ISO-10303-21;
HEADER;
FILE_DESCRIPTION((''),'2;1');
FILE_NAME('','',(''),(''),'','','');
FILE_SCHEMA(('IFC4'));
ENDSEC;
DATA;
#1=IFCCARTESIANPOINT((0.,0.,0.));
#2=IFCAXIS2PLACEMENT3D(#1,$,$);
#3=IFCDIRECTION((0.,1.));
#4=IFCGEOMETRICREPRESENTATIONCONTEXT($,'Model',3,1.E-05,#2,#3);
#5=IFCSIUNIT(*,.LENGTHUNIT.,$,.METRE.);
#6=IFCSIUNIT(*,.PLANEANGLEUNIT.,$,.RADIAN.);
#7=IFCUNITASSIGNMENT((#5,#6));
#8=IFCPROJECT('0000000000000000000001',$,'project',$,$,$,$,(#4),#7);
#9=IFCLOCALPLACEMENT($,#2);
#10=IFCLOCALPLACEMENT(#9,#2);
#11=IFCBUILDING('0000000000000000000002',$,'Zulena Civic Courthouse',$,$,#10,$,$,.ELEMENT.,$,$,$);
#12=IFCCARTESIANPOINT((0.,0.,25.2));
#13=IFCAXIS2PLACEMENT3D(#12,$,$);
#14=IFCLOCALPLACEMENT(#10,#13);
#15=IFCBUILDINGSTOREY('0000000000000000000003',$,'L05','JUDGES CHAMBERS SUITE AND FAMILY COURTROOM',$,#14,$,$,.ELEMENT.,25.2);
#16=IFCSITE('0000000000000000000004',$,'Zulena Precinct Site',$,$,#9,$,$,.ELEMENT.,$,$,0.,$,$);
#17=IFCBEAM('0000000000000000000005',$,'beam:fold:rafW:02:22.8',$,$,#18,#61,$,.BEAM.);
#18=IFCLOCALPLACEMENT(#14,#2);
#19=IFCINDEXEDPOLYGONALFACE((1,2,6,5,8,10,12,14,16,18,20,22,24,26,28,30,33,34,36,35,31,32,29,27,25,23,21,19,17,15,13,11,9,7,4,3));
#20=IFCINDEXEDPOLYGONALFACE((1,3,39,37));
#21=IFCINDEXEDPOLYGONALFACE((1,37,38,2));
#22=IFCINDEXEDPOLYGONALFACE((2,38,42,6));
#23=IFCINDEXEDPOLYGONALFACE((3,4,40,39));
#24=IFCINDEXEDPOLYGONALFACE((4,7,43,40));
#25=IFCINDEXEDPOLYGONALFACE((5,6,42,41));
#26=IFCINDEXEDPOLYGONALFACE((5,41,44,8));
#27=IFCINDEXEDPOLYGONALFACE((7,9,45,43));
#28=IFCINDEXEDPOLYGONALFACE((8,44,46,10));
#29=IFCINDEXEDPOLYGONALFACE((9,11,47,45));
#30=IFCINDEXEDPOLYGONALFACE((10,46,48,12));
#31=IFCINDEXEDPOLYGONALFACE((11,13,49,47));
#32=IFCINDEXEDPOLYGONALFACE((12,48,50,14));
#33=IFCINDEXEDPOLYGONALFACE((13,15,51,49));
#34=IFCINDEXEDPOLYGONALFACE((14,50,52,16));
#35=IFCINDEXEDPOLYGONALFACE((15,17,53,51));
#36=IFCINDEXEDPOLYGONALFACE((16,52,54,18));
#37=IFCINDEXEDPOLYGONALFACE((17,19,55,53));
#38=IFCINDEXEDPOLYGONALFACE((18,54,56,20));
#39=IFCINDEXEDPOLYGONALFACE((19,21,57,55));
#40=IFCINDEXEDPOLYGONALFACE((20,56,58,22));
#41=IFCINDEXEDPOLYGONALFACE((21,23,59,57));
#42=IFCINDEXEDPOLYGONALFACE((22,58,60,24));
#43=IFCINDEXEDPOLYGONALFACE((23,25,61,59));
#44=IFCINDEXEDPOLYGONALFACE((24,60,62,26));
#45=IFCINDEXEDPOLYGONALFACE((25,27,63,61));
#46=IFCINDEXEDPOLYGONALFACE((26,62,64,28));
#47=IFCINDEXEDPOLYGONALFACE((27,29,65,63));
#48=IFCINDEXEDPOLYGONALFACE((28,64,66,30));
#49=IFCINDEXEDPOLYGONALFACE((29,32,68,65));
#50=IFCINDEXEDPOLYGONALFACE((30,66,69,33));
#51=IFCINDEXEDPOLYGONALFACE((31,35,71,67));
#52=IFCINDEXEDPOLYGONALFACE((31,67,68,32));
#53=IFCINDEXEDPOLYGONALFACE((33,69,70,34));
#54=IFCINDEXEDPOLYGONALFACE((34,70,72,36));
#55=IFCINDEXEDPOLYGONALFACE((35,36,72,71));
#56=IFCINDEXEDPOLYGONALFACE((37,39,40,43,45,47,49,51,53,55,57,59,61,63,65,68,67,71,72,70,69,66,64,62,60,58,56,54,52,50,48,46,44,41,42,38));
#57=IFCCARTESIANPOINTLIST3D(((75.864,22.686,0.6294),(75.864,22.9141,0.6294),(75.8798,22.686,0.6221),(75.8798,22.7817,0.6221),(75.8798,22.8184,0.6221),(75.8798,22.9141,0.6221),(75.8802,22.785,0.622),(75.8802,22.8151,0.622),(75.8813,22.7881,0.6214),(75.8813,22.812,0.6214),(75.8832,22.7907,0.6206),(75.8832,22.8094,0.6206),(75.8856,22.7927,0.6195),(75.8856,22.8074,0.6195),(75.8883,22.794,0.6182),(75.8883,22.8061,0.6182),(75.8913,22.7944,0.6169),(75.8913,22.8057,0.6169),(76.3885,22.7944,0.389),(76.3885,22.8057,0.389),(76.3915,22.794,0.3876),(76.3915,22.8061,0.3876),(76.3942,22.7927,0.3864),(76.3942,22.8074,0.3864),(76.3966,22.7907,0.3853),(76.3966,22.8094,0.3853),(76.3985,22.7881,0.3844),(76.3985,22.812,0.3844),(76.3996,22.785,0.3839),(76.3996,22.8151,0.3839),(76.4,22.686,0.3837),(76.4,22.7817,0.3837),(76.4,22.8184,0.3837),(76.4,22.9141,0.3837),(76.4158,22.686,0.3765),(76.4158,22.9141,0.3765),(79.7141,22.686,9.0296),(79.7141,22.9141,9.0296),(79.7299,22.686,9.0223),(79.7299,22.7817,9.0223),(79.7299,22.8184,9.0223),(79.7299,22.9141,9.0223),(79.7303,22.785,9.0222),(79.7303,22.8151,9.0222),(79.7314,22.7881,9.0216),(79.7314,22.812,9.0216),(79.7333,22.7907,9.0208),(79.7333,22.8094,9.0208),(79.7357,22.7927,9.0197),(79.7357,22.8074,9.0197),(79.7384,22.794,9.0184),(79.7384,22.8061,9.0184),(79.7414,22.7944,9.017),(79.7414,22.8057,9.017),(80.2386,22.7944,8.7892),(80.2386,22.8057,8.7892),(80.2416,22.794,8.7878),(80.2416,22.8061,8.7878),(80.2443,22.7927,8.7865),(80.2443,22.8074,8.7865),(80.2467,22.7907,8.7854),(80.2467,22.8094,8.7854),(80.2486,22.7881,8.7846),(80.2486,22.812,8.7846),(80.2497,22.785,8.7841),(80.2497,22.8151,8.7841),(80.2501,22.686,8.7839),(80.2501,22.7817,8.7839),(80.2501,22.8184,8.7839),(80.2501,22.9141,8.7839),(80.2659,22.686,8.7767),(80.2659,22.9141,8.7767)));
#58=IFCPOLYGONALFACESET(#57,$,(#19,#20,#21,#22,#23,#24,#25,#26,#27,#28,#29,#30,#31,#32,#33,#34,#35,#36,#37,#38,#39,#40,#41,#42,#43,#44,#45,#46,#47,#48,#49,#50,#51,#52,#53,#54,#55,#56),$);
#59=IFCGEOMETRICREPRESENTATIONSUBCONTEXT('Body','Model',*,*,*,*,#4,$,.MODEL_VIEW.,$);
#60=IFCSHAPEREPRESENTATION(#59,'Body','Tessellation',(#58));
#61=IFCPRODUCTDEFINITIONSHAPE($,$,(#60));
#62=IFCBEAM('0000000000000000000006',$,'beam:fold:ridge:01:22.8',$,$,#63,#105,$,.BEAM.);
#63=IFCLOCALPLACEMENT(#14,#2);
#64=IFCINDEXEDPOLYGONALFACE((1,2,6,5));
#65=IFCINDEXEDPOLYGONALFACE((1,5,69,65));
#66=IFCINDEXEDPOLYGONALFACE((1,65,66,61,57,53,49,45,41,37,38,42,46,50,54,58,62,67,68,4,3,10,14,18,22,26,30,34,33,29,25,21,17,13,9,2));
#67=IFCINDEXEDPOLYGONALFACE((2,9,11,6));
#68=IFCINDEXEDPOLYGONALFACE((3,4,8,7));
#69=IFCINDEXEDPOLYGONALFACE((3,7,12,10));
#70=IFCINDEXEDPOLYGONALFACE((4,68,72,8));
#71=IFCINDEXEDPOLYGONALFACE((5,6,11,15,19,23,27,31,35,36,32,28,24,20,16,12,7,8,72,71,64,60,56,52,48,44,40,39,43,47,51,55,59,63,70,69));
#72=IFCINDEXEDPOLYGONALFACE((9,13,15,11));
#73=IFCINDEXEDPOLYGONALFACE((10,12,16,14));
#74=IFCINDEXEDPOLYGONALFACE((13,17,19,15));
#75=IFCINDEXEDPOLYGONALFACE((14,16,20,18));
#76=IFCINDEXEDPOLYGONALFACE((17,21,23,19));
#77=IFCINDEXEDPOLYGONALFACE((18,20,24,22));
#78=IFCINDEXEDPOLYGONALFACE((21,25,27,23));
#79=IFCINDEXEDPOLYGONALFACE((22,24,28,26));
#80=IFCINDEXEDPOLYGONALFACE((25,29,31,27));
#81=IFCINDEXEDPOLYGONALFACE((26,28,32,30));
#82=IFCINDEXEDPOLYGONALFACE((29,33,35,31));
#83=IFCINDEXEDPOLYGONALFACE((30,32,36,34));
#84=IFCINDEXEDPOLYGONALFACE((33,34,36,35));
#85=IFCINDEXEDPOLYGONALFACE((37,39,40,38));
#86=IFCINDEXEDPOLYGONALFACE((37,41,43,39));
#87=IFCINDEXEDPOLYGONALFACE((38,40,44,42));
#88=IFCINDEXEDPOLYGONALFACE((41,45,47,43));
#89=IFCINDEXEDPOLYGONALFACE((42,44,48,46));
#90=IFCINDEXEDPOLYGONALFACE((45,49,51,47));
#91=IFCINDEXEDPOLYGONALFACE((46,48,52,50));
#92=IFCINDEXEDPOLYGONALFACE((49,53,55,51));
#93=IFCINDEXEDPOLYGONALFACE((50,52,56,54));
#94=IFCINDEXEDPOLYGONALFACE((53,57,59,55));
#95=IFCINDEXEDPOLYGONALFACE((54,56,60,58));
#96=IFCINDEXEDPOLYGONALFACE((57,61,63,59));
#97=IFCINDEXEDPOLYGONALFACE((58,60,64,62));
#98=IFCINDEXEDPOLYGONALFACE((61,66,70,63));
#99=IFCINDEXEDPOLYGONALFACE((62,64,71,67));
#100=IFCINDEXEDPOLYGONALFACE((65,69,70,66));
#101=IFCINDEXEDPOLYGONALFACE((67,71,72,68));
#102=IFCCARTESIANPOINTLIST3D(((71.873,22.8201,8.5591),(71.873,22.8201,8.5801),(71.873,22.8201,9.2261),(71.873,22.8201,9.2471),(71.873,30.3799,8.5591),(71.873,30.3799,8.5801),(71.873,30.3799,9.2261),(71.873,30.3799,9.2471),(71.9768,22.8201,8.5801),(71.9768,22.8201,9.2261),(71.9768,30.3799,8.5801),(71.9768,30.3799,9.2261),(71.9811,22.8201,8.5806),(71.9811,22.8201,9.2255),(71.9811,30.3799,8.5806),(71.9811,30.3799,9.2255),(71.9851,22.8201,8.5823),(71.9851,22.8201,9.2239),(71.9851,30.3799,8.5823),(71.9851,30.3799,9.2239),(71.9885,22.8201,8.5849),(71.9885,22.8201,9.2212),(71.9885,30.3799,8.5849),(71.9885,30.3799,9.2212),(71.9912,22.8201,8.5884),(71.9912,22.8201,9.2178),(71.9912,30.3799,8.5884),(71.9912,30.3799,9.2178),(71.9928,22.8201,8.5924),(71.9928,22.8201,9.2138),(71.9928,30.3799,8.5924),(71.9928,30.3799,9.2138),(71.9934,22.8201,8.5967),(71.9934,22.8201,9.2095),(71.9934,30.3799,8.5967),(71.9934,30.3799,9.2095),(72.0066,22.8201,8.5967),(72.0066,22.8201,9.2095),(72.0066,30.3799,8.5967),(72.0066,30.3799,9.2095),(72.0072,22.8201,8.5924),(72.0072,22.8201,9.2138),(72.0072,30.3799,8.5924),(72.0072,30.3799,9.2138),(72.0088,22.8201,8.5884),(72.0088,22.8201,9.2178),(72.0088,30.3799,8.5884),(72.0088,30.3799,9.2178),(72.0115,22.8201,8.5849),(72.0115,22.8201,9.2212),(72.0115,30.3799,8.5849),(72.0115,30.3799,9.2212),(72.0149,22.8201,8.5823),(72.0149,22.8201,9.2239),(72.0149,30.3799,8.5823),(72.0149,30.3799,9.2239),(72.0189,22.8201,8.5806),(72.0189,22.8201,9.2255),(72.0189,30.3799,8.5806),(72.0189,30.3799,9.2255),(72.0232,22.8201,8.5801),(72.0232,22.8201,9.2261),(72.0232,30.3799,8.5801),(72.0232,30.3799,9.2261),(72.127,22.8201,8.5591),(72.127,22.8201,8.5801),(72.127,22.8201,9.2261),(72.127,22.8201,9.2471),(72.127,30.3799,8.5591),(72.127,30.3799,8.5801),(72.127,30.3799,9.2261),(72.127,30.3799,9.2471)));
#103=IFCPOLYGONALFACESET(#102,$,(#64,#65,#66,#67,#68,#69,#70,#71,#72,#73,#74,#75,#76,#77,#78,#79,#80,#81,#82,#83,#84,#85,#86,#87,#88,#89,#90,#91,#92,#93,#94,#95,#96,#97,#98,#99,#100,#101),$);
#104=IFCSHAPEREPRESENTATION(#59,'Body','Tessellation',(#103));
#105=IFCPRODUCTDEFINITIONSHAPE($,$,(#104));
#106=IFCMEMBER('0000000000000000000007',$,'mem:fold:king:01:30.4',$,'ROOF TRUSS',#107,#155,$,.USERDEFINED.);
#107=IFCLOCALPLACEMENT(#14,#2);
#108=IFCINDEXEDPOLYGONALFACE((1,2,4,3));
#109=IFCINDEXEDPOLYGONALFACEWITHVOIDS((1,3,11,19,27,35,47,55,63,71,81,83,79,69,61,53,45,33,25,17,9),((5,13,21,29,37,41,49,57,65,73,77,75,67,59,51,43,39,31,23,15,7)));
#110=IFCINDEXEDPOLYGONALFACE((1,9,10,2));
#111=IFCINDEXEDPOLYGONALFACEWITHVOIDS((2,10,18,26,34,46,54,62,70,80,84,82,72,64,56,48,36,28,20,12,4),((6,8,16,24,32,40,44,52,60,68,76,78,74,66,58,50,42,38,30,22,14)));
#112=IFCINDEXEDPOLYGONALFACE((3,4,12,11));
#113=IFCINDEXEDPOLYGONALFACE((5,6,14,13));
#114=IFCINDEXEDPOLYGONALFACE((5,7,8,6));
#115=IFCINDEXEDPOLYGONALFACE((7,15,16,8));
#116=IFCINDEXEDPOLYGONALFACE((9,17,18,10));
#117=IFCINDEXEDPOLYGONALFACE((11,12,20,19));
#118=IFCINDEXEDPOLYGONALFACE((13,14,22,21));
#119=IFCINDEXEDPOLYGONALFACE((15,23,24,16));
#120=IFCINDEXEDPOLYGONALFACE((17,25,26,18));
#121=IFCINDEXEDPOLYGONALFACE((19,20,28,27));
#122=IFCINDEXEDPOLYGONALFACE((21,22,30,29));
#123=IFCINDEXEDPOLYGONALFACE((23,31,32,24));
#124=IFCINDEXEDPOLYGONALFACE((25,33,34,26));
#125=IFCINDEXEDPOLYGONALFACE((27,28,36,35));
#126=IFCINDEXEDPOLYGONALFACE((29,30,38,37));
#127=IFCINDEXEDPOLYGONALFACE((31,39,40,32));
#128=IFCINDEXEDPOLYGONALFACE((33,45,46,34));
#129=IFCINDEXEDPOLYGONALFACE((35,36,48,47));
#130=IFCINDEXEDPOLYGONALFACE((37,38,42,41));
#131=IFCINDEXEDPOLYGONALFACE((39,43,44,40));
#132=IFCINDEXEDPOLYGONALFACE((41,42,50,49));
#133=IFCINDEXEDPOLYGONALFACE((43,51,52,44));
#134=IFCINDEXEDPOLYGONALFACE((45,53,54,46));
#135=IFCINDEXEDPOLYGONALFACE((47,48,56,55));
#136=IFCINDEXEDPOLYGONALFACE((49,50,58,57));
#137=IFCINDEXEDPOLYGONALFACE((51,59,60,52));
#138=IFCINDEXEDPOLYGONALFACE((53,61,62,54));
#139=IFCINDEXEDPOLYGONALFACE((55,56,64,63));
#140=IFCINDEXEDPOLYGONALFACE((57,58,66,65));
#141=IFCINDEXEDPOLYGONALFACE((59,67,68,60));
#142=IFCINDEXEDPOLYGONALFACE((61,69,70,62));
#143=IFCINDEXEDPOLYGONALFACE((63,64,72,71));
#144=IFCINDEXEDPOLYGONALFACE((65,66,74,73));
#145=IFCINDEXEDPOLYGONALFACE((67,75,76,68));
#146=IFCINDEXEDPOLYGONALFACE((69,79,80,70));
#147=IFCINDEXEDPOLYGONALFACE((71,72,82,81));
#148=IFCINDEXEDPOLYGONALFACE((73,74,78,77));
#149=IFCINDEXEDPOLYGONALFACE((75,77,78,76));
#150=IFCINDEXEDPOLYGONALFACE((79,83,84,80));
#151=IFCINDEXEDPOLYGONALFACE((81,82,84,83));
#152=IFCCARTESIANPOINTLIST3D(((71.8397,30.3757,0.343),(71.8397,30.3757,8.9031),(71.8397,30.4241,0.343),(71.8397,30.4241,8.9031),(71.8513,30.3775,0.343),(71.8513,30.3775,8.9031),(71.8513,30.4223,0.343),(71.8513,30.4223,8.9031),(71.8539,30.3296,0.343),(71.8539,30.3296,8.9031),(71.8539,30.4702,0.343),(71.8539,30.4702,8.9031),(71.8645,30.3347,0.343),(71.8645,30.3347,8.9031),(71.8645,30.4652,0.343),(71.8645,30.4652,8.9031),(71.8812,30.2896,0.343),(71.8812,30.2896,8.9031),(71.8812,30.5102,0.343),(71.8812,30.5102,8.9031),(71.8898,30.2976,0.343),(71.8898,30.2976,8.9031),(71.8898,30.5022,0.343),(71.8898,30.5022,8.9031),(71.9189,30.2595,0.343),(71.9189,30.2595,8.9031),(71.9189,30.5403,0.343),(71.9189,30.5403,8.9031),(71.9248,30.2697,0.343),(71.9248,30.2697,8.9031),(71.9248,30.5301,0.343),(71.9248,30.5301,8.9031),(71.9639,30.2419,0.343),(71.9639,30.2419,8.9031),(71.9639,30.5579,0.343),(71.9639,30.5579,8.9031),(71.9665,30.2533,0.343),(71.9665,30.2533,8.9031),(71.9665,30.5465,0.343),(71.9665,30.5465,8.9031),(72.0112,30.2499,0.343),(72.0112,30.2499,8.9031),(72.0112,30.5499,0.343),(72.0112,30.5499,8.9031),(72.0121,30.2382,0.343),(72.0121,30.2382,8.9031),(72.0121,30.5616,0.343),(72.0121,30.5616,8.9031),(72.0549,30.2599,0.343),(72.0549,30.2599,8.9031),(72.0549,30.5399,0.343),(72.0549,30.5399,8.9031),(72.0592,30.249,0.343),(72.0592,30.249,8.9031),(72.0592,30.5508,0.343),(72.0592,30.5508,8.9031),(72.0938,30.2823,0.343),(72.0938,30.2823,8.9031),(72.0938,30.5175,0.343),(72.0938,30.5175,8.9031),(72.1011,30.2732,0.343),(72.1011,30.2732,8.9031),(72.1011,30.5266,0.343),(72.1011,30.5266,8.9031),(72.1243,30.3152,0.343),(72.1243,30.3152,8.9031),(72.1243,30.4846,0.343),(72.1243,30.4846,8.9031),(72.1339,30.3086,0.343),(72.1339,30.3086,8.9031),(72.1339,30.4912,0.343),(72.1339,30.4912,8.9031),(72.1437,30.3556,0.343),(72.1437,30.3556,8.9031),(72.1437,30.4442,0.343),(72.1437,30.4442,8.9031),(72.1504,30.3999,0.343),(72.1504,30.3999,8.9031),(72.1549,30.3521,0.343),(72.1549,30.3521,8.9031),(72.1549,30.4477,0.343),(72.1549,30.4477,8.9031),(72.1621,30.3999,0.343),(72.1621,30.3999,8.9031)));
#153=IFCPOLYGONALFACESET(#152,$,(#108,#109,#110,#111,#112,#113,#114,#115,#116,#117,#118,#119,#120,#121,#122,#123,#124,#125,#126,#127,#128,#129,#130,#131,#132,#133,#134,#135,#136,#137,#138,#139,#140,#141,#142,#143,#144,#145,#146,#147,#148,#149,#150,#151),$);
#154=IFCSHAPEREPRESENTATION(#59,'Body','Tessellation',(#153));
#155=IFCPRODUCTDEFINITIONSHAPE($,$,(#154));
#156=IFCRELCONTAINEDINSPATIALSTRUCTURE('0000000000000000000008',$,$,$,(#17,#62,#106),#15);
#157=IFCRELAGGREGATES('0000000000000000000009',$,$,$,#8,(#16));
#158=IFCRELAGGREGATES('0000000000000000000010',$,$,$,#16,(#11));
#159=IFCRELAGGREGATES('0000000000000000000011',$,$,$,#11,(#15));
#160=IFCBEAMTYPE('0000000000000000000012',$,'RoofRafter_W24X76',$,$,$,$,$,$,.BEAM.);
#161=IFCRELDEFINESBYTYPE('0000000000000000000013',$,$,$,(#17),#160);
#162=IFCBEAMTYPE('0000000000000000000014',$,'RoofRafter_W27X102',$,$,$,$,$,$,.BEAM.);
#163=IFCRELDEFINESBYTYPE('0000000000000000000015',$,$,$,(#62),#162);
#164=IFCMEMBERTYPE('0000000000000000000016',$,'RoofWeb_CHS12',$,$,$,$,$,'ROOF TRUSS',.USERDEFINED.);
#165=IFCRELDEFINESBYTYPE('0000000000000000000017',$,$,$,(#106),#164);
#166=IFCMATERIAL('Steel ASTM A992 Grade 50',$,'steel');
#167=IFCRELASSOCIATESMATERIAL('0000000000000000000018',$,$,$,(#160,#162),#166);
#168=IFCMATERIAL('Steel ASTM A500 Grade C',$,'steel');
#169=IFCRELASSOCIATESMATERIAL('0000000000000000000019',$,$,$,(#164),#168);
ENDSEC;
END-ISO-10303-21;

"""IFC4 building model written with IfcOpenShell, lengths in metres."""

from ifc_helpers import new_model, si_unit, direction, frame, origin, origin_2d, place, context, subcontext, project, spatial, hollow_circle, i_section, extrude, material, material_profile, profile_set, type_object, element, save


model = new_model("IFC4")

# Units and contexts
model_context = context("Model", 3, precision=1e-05, world=origin(), true_north=direction((0.0, 1.0)))
body_context = subcontext(model_context, "Body", "Model", "MODEL_VIEW")
ifc_project = project(units=[si_unit("LENGTHUNIT", "METRE"), si_unit("PLANEANGLEUNIT", "RADIAN")], contexts=[model_context])

# Site, building, storey
site_placement = place(None, origin())
site = spatial("IfcSite", under=ifc_project, at=site_placement, Name="Zulena Precinct Site", CompositionType="ELEMENT", RefElevation=0.0)
building_placement = place(site_placement, origin())
building = spatial("IfcBuilding", under=site, at=building_placement, Name="Zulena Civic Courthouse", CompositionType="ELEMENT")
storey_placement = place(building_placement, frame((0.0, 0.0, 25.2)))
storey = spatial("IfcBuildingStorey", under=building, at=storey_placement, Name="L05", Description="JUDGES CHAMBERS SUITE AND FAMILY COURTROOM", CompositionType="ELEMENT", Elevation=25.2)

# Shared definitions
ifc_material_1 = material(Name="Steel ASTM A992 Grade 50", Category="steel")

# Beams
ifc_material_profile_1 = material_profile(ifc_material_1, i_section(OverallWidth=0.228, OverallDepth=0.6069, WebThickness=0.0112, FlangeThickness=0.0173, FilletRadius=0.0127, at=origin_2d()), Name="W24X76")
ifc_profile_set_1 = profile_set([ifc_material_profile_1], Name="Steel ASTM A992 Grade 50")
beam_type_1 = type_object("IfcBeamType", Name="RoofRafter_W24X76", PredefinedType="BEAM", material=ifc_profile_set_1)
beam_1_placement = place(storey_placement, frame((76.1399, 22.8, 0.5029), z_axis=(0.416657, 0.0, 0.909064), x_axis=(0.0, 1.0, 0.0)))
element("IfcBeam", 1, at=beam_1_placement, inside=storey, type_object=beam_type_1, Name="beam:fold:rafW:02:22.8", PredefinedType="BEAM", context=body_context, shape_type="SweptSolid", body=[
    extrude(i_section(OverallWidth=0.228, OverallDepth=0.6069, WebThickness=0.0112, FlangeThickness=0.0173, FilletRadius=0.0127, at=origin_2d()), origin(), (0.0, 0.0, 1.0), 9.2405),
])
ifc_material_profile_2 = material_profile(ifc_material_1, i_section(OverallWidth=0.2539, OverallDepth=0.688, WebThickness=0.0132, FlangeThickness=0.021, FilletRadius=0.0166, at=origin_2d()), Name="W27X102")
ifc_profile_set_2 = profile_set([ifc_material_profile_2], Name="Steel ASTM A992 Grade 50")
beam_type_2 = type_object("IfcBeamType", Name="RoofRafter_W27X102", PredefinedType="BEAM", material=ifc_profile_set_2)
beam_2_placement = place(storey_placement, frame((72.0, 22.8201, 8.9031), z_axis=(0.0, 1.0, 0.0), x_axis=(-1.0, 0.0, 0.0)))
element("IfcBeam", 2, at=beam_2_placement, inside=storey, type_object=beam_type_2, Name="beam:fold:ridge:01:22.8", PredefinedType="BEAM", context=body_context, shape_type="SweptSolid", body=[
    extrude(i_section(OverallWidth=0.2539, OverallDepth=0.688, WebThickness=0.0132, FlangeThickness=0.021, FilletRadius=0.0166, at=origin_2d()), origin(), (0.0, 0.0, 1.0), 7.5598),
])

# Member
ifc_material_2 = material(Name="Steel ASTM A500 Grade C", Category="steel")
ifc_material_profile_3 = material_profile(ifc_material_2, hollow_circle(Radius=0.1621, WallThickness=0.0117, at=origin_2d()), Name="HSS12.750X0.500")
ifc_profile_set_3 = profile_set([ifc_material_profile_3], Name="Steel ASTM A500 Grade C")
member_type_1 = type_object("IfcMemberType", Name="RoofWeb_CHS12", ElementType="ROOF TRUSS", PredefinedType="USERDEFINED", material=ifc_profile_set_3)
member_1_placement = place(storey_placement, frame((72.0, 30.3999, 0.343), z_axis=(0.0, 0.0, 1.0), x_axis=(1.0, 0.0, 0.0)))
element("IfcMember", 3, at=member_1_placement, inside=storey, type_object=member_type_1, Name="mem:fold:king:01:30.4", ObjectType="ROOF TRUSS", PredefinedType="USERDEFINED", context=body_context, shape_type="SweptSolid", body=[
    extrude(hollow_circle(Radius=0.1621, WallThickness=0.0117, at=origin_2d()), origin(), (0.0, 0.0, 1.0), 8.5601),
])

save(model, "model.ifc")
